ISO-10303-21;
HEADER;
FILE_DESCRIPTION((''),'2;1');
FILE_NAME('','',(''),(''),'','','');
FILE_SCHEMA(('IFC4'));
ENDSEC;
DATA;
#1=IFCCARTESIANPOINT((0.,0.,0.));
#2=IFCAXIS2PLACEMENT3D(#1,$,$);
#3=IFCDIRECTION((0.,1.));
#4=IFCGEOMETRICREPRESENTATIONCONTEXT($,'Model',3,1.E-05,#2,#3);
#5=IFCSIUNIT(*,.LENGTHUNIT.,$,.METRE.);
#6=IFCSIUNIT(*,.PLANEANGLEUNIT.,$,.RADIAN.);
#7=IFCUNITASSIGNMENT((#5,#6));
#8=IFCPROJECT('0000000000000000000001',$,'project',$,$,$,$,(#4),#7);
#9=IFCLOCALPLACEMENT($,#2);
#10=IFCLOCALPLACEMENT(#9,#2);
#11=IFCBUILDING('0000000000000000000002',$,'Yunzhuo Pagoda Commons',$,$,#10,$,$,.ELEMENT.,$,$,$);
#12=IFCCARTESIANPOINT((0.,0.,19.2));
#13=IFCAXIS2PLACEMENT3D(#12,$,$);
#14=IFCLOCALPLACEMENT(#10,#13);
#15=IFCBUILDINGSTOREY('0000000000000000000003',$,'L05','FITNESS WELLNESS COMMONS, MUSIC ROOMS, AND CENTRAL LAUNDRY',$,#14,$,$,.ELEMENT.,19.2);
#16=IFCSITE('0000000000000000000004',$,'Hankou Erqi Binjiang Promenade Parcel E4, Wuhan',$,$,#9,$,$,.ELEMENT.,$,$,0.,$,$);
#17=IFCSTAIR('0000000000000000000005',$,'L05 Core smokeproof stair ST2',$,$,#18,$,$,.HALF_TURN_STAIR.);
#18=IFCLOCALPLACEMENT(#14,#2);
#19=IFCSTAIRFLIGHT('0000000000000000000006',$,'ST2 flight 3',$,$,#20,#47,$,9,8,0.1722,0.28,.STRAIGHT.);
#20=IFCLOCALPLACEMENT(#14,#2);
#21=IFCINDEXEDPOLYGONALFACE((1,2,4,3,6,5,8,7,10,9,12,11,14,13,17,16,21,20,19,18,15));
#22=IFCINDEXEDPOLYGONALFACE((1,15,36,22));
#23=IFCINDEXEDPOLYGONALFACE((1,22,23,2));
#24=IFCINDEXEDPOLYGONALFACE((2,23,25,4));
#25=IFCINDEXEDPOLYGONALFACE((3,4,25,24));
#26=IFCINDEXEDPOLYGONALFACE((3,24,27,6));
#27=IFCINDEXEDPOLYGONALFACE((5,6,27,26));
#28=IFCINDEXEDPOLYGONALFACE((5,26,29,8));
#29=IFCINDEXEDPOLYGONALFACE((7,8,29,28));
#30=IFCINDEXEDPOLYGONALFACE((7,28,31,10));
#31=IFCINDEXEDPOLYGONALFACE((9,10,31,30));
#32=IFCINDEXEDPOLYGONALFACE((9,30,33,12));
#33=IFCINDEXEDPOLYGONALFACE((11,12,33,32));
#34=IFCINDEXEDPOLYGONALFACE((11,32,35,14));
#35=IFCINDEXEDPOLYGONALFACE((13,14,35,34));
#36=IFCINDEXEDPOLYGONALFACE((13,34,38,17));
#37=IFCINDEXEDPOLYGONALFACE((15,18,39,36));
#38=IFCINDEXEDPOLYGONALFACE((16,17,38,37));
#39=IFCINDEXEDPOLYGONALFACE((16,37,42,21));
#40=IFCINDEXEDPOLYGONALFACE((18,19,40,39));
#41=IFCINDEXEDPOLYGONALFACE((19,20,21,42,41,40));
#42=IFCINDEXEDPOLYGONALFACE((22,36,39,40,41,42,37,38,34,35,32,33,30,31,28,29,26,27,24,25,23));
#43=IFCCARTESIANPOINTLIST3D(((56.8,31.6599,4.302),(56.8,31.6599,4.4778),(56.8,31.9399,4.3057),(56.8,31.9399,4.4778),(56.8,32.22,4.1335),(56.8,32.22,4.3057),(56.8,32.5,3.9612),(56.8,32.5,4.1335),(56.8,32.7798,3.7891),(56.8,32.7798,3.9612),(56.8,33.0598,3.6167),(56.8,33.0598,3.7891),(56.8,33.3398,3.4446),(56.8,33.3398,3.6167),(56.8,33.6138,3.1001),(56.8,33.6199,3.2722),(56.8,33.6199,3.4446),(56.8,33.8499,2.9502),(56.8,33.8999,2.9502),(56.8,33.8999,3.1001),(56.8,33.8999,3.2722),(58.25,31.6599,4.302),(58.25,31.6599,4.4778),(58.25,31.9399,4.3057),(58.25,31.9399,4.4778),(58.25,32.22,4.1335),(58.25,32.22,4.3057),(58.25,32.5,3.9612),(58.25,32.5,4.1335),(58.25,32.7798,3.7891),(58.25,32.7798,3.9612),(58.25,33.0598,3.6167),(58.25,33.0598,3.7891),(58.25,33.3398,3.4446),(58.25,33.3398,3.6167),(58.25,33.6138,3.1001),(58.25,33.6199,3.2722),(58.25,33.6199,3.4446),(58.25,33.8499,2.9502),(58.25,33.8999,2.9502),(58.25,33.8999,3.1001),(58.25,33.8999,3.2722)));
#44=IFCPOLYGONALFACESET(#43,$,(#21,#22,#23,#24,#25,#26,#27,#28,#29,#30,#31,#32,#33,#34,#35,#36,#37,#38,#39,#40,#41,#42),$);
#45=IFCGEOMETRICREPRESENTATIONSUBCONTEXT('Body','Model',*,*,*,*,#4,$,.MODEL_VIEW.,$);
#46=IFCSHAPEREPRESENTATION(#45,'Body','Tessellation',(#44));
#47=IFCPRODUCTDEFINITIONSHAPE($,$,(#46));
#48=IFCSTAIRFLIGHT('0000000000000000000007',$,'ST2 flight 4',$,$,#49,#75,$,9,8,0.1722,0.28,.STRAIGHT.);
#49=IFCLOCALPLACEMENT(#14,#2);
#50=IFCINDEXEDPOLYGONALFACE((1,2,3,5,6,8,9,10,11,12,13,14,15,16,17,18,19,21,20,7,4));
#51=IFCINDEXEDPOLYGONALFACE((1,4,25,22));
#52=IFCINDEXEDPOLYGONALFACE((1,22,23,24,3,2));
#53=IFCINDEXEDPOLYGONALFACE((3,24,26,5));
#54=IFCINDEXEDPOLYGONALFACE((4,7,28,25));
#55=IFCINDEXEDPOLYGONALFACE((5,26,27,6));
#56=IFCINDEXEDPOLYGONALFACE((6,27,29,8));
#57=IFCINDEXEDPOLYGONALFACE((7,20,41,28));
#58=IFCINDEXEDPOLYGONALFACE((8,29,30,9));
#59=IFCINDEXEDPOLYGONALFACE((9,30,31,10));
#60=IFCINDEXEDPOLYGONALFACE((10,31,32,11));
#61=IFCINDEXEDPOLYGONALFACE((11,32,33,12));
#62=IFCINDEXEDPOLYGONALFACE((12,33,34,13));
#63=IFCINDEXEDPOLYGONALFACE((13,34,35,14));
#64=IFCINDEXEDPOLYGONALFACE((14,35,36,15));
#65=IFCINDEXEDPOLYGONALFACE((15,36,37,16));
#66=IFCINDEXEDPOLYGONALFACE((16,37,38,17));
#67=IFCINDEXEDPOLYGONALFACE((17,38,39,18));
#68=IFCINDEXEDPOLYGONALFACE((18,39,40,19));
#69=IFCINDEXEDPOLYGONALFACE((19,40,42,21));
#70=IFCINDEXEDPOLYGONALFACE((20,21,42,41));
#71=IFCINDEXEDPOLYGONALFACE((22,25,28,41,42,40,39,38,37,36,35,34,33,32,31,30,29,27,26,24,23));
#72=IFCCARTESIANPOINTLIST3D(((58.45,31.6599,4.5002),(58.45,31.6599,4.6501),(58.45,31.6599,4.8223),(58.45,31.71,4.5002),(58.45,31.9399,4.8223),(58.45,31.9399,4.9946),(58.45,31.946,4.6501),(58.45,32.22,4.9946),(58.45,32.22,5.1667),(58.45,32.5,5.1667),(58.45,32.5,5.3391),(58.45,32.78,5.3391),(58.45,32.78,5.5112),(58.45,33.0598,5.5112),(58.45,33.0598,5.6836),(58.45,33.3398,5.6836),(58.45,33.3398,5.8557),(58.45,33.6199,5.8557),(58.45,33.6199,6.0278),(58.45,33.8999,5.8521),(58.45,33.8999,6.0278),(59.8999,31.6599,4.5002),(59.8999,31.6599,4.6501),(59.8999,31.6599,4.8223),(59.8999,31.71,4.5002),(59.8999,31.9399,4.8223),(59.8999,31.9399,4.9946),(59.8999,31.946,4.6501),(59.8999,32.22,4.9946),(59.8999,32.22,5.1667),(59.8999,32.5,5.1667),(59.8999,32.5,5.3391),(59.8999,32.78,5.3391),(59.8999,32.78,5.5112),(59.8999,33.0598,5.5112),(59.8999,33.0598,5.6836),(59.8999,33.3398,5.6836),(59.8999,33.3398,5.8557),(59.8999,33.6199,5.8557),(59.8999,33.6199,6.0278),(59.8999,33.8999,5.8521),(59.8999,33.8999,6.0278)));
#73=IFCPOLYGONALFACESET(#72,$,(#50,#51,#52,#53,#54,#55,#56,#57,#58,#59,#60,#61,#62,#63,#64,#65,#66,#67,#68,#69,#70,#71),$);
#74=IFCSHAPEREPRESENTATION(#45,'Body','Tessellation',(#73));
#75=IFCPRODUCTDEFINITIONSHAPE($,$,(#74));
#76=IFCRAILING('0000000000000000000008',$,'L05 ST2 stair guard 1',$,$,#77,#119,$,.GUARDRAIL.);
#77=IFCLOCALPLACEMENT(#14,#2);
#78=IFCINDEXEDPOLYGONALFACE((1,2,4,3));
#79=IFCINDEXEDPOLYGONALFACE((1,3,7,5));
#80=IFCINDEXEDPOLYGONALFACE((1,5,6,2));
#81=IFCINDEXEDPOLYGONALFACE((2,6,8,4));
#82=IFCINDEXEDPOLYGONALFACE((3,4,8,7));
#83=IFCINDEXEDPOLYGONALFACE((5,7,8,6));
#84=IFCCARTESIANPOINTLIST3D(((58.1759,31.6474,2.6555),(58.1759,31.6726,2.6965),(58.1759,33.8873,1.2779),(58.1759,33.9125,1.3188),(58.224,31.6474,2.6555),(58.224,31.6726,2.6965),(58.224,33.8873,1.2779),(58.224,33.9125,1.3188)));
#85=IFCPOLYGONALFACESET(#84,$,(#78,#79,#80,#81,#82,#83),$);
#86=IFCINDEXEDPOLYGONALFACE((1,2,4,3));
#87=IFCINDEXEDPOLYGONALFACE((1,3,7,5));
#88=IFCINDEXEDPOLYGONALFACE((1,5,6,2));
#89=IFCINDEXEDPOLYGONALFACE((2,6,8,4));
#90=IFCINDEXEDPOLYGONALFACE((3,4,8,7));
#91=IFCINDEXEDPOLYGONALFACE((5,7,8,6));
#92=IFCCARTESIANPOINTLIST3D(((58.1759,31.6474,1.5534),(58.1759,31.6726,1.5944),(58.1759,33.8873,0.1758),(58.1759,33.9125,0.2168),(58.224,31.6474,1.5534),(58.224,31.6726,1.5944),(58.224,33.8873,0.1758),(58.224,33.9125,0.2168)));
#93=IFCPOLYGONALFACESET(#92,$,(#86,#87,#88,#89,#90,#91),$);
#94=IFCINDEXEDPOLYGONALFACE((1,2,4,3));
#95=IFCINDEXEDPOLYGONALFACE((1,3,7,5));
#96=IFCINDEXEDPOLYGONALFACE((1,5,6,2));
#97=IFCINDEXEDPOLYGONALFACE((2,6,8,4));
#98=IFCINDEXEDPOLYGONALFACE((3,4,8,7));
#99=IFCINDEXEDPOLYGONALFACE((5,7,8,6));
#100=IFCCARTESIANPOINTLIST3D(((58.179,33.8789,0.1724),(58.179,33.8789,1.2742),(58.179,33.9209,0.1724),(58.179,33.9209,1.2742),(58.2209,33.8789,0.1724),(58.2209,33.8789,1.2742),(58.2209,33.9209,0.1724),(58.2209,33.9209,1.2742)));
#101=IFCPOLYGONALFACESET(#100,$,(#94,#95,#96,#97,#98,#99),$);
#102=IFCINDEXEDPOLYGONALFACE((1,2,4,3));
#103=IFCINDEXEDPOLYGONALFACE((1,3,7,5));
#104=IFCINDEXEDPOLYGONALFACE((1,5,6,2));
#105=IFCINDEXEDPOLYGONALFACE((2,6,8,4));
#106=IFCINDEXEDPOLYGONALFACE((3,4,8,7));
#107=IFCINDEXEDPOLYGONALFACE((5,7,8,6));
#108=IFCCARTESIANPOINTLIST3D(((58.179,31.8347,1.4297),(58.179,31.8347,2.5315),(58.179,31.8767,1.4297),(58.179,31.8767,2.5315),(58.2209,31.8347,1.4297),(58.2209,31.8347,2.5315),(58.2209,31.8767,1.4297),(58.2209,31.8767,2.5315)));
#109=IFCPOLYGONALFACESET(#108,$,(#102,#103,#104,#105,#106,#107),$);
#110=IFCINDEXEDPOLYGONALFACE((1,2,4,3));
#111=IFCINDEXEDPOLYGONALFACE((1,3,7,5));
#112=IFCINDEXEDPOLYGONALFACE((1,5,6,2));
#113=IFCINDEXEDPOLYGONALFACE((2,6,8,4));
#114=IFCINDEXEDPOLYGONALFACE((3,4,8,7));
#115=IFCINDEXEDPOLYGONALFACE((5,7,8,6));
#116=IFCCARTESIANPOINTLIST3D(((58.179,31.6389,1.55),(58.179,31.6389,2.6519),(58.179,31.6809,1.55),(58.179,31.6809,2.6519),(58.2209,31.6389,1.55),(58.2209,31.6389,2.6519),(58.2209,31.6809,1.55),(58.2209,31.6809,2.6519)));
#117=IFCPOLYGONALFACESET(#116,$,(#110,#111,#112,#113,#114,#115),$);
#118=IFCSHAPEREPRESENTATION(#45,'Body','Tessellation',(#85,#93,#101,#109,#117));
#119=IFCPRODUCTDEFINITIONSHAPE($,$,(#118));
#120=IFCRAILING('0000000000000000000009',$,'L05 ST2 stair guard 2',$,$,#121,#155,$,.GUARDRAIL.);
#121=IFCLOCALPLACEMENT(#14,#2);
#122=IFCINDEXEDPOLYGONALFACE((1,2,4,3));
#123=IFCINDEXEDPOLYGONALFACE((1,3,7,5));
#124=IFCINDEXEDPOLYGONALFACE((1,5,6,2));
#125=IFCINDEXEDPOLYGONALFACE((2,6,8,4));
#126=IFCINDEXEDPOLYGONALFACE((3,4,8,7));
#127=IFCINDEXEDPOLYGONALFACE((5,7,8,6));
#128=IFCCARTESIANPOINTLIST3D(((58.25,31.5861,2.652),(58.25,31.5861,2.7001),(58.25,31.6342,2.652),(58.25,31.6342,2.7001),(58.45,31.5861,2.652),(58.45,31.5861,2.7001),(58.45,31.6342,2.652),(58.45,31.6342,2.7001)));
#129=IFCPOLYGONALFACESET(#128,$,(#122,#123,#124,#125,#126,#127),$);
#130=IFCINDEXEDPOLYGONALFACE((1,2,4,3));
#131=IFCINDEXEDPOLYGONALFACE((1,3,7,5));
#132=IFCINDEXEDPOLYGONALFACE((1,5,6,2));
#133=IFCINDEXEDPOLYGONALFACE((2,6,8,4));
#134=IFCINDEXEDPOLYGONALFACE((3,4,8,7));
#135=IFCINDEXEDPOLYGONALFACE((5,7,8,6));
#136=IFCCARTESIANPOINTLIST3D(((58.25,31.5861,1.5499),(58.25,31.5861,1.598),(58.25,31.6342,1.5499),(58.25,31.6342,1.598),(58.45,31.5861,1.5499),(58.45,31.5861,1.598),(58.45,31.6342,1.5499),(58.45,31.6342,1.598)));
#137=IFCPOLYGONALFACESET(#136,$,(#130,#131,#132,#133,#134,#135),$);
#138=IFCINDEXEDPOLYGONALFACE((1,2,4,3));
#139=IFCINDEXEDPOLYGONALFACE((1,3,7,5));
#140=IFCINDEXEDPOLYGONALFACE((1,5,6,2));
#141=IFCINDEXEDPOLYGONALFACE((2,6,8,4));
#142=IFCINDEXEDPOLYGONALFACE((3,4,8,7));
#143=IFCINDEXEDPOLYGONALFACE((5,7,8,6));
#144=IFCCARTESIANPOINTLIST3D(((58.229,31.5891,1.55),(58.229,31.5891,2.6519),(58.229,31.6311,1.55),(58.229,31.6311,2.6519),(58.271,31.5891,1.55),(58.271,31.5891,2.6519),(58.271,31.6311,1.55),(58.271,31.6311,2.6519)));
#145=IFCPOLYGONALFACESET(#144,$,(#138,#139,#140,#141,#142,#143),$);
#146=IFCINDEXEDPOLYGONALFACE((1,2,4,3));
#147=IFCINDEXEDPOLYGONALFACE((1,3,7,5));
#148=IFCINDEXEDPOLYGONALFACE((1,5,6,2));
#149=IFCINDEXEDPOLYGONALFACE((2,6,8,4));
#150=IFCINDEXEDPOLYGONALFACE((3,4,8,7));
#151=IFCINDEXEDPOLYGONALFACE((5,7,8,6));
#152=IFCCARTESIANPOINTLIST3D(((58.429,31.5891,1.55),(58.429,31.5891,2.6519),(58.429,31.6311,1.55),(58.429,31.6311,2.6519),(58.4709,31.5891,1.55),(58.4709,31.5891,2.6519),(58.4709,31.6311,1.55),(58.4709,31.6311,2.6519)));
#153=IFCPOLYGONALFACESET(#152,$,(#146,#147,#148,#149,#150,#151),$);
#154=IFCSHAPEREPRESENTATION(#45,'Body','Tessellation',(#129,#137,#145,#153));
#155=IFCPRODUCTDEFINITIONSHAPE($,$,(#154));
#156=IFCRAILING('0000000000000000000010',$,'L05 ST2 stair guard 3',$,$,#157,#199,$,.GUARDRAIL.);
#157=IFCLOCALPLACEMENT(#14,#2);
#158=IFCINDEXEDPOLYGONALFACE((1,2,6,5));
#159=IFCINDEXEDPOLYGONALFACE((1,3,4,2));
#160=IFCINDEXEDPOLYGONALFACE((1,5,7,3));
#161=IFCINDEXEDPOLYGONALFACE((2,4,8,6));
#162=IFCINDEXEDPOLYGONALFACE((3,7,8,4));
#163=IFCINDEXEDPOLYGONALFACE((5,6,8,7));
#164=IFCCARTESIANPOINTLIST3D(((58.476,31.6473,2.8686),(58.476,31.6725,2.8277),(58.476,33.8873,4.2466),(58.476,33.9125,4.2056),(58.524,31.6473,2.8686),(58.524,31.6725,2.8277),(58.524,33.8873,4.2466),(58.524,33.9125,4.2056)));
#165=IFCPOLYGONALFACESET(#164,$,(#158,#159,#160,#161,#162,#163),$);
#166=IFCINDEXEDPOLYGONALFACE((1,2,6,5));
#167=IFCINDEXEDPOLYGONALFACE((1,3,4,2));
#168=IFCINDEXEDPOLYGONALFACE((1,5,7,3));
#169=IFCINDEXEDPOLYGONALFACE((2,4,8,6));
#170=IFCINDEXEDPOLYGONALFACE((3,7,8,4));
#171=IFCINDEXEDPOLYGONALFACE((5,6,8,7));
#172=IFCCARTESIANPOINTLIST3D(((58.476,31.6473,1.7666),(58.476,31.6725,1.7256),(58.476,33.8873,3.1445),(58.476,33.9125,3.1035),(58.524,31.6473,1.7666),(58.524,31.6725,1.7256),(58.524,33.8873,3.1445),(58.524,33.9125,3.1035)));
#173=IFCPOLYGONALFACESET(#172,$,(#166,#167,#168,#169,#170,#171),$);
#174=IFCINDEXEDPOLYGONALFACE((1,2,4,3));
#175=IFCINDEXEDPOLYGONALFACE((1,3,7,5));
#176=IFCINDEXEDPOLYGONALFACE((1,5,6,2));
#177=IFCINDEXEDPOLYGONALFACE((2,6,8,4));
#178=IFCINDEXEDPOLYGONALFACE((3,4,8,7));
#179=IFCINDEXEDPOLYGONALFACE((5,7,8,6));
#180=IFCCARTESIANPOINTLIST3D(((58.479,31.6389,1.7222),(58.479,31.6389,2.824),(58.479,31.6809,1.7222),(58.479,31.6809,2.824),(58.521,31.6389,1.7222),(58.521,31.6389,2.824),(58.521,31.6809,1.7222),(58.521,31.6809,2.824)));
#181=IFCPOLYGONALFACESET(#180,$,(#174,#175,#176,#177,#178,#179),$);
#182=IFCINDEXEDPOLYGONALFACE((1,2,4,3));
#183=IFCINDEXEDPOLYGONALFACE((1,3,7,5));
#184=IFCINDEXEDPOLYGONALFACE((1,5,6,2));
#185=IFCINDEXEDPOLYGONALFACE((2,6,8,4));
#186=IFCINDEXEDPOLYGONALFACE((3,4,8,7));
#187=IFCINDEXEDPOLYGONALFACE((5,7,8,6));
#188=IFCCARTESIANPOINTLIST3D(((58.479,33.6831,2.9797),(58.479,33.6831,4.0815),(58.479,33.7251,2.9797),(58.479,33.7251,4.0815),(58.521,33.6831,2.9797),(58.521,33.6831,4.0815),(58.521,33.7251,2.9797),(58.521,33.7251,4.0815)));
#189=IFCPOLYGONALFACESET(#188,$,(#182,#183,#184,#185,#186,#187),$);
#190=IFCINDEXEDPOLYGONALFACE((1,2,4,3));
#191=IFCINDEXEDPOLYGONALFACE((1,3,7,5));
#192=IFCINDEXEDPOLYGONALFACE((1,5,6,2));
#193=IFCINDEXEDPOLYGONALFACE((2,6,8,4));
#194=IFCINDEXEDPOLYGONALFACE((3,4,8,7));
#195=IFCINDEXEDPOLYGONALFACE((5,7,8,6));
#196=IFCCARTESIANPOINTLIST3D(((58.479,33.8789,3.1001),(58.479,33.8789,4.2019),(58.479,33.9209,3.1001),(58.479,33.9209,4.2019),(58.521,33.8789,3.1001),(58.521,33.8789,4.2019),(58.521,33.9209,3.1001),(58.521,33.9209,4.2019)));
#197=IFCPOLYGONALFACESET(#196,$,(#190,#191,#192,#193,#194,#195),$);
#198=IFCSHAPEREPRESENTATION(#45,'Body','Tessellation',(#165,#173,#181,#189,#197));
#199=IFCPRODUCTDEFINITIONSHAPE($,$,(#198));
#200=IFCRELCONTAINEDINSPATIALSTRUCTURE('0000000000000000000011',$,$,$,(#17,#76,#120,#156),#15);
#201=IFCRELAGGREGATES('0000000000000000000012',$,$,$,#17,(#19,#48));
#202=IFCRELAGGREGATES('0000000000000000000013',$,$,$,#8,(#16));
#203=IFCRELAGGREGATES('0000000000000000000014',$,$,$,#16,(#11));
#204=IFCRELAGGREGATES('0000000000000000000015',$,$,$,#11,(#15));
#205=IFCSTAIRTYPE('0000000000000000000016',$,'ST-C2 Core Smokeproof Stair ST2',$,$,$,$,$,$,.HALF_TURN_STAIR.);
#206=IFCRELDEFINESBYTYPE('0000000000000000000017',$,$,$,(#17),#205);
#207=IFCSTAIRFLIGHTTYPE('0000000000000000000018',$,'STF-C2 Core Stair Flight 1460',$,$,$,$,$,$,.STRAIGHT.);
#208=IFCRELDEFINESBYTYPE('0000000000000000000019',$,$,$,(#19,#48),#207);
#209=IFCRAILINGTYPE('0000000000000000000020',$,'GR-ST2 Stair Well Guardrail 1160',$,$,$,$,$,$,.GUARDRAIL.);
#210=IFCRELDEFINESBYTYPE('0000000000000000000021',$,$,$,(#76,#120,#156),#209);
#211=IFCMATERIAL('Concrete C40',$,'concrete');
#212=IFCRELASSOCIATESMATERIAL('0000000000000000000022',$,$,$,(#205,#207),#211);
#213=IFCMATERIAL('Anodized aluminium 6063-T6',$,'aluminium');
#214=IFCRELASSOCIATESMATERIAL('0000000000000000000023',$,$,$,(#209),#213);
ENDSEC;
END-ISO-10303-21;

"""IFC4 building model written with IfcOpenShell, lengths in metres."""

from ifc_helpers import new_model, si_unit, direction, frame, origin, origin_2d, place, context, subcontext, project, spatial, polyline, rectangle, outline, extrude, source, transform, mapped, material, type_object, element, aggregate, save


model = new_model("IFC4")

# Units and contexts
model_context = context("Model", 3, precision=1e-05, world=origin(), true_north=direction((0.0, 1.0)))
body_context = subcontext(model_context, "Body", "Model", "MODEL_VIEW")
ifc_project = project(units=[si_unit("LENGTHUNIT", "METRE"), si_unit("PLANEANGLEUNIT", "RADIAN")], contexts=[model_context])

# Site, building, storey
site_placement = place(None, origin())
site = spatial("IfcSite", under=ifc_project, at=site_placement, Name="Hankou Erqi Binjiang Promenade Parcel E4, Wuhan", CompositionType="ELEMENT", RefElevation=0.0)
building_placement = place(site_placement, origin())
building = spatial("IfcBuilding", under=site, at=building_placement, Name="Yunzhuo Pagoda Commons", CompositionType="ELEMENT")
storey_placement = place(building_placement, frame((0.0, 0.0, 19.2)))
storey = spatial("IfcBuildingStorey", under=building, at=storey_placement, Name="L05", Description="FITNESS WELLNESS COMMONS, MUSIC ROOMS, AND CENTRAL LAUNDRY", CompositionType="ELEMENT", Elevation=19.2)

# Shared definitions
ifc_material_1 = material(Name="Concrete C40", Category="concrete")

# Stair, stair flights
stair_type = type_object("IfcStairType", Name="ST-C2 Core Smokeproof Stair ST2", PredefinedType="HALF_TURN_STAIR", material=ifc_material_1)
stair_placement = place(storey_placement, origin())
stair = element("IfcStair", 1, at=stair_placement, inside=storey, type_object=stair_type, Name="L05 Core smokeproof stair ST2", PredefinedType="HALF_TURN_STAIR")
stair_flight_type = type_object("IfcStairFlightType", Name="STF-C2 Core Stair Flight 1460", PredefinedType="STRAIGHT", material=ifc_material_1)
shared_shape_1 = source(origin(), body_context, "Body", "SweptSolid", [
    extrude(outline(polyline([(0.0, -0.1499), (0.0, 0.0), (0.0, 0.1721), (0.28, 0.1721), (0.28, 0.3445), (0.5601, 0.3445), (0.5601, 0.5166), (0.8401, 0.5166), (0.8401, 0.689), (1.1201, 0.689), (1.1201, 0.8611), (1.3999, 0.8611), (1.3999, 1.0334), (1.6799, 1.0334), (1.6799, 1.2056), (1.96, 1.2056), (1.96, 1.3777), (2.24, 1.3777), (2.24, 1.55), (2.24, 1.2019), (0.2861, 0.0), (0.05, -0.1499), (0.0, -0.1499)])), frame((0.0, 0.7251, 0.0), z_axis=(0.0, -1.0, 0.0), x_axis=(1.0, 0.0, 0.0)), (0.0, 0.0, 1.0), 1.45),
])
stair_flight_1_placement = place(storey_placement, frame((57.5249, 33.8999, 3.1001), z_axis=(0.0, 0.0, 1.0), x_axis=(0.0, -1.0, 0.0)))
stair_flight_1 = element("IfcStairFlight", 2, at=stair_flight_1_placement, type_object=stair_flight_type, Name="ST2 flight 3", NumberOfRisers=9, NumberOfTreads=8, PredefinedType="STRAIGHT", RiserHeight=0.1722, TreadLength=0.28, context=body_context, shape_type="MappedRepresentation", body=[
    mapped(shared_shape_1, transform((0.0, 0.0, 0.0), scale=1.0)),
])
stair_flight_2_placement = place(storey_placement, frame((59.175, 31.6599, 4.6501), z_axis=(0.0, 0.0, 1.0), x_axis=(0.0, 1.0, 0.0)))
stair_flight_2 = element("IfcStairFlight", 3, at=stair_flight_2_placement, type_object=stair_flight_type, Name="ST2 flight 4", NumberOfRisers=9, NumberOfTreads=8, PredefinedType="STRAIGHT", RiserHeight=0.1722, TreadLength=0.28, context=body_context, shape_type="MappedRepresentation", body=[
    mapped(shared_shape_1, transform((0.0, 0.0, 0.0), scale=1.0)),
])
aggregate(stair, [stair_flight_1, stair_flight_2])

# Railings
ifc_material_2 = material(Name="Anodized aluminium 6063-T6", Category="aluminium")
railing_type_1 = type_object("IfcRailingType", Name="GR-ST2 Stair Well Guardrail 1160", PredefinedType="GUARDRAIL", material=ifc_material_2)
railing_1_placement = place(storey_placement, frame((58.2, 33.8999, 0.1724)))
element("IfcRailing", 4, at=railing_1_placement, inside=storey, type_object=railing_type_1, Name="L05 ST2 stair guard 1", PredefinedType="GUARDRAIL", context=body_context, shape_type="SweptSolid", body=[
    extrude(rectangle(XDim=0.0481, YDim=0.0481, at=origin_2d()), frame((0.0, 0.0, 1.126), z_axis=(0.0, -0.851789, 0.523885), x_axis=(1.0, 0.0, 0.0)), (0.0, 0.0, 1.0), 2.6296),
    extrude(rectangle(XDim=0.0481, YDim=0.0481, at=origin_2d()), frame((0.0, 0.0, 0.0239), z_axis=(0.0, -0.851789, 0.523885), x_axis=(1.0, 0.0, 0.0)), (0.0, 0.0, 1.0), 2.6296),
    extrude(rectangle(XDim=0.042, YDim=0.042, at=origin_2d()), origin(), (0.0, 0.0, 1.0), 1.1018),
    extrude(rectangle(XDim=0.042, YDim=0.042, at=origin_2d()), frame((0.0, -2.0442, 1.2573)), (0.0, 0.0, 1.0), 1.1018),
    extrude(rectangle(XDim=0.042, YDim=0.042, at=origin_2d()), frame((0.0, -2.24, 1.3777)), (0.0, 0.0, 1.0), 1.1018),
])
railing_2_placement = place(storey_placement, frame((58.25, 31.6101, 1.55)))
element("IfcRailing", 5, at=railing_2_placement, inside=storey, type_object=railing_type_1, Name="L05 ST2 stair guard 2", PredefinedType="GUARDRAIL", context=body_context, shape_type="SweptSolid", body=[
    extrude(rectangle(XDim=0.0481, YDim=0.0481, at=origin_2d()), frame((0.0, 0.0, 1.126), z_axis=(1.0, 0.0, 0.0), x_axis=(0.0, 1.0, 0.0)), (0.0, 0.0, 1.0), 0.2),
    extrude(rectangle(XDim=0.0481, YDim=0.0481, at=origin_2d()), frame((0.0, 0.0, 0.0239), z_axis=(1.0, 0.0, 0.0), x_axis=(0.0, 1.0, 0.0)), (0.0, 0.0, 1.0), 0.2),
    extrude(rectangle(XDim=0.042, YDim=0.042, at=origin_2d()), origin(), (0.0, 0.0, 1.0), 1.1018),
    extrude(rectangle(XDim=0.042, YDim=0.042, at=origin_2d()), frame((0.2, 0.0, 0.0)), (0.0, 0.0, 1.0), 1.1018),
])
railing_3_placement = place(storey_placement, frame((58.5, 31.6599, 1.7222)))
element("IfcRailing", 6, at=railing_3_placement, inside=storey, type_object=railing_type_1, Name="L05 ST2 stair guard 3", PredefinedType="GUARDRAIL", context=body_context, shape_type="SweptSolid", body=[
    extrude(rectangle(XDim=0.0481, YDim=0.0481, at=origin_2d()), frame((0.0, 0.0, 1.126), z_axis=(0.0, 0.851748, 0.523952), x_axis=(-1.0, 0.0, 0.0)), (0.0, 0.0, 1.0), 2.6299),
    extrude(rectangle(XDim=0.0481, YDim=0.0481, at=origin_2d()), frame((0.0, 0.0, 0.0239), z_axis=(0.0, 0.851748, 0.523952), x_axis=(-1.0, 0.0, 0.0)), (0.0, 0.0, 1.0), 2.6299),
    extrude(rectangle(XDim=0.042, YDim=0.042, at=origin_2d()), origin(), (0.0, 0.0, 1.0), 1.1018),
    extrude(rectangle(XDim=0.042, YDim=0.042, at=origin_2d()), frame((0.0, 2.0442, 1.2576)), (0.0, 0.0, 1.0), 1.1018),
    extrude(rectangle(XDim=0.042, YDim=0.042, at=origin_2d()), frame((0.0, 2.24, 1.3779)), (0.0, 0.0, 1.0), 1.1018),
])

save(model, "model.ifc")
